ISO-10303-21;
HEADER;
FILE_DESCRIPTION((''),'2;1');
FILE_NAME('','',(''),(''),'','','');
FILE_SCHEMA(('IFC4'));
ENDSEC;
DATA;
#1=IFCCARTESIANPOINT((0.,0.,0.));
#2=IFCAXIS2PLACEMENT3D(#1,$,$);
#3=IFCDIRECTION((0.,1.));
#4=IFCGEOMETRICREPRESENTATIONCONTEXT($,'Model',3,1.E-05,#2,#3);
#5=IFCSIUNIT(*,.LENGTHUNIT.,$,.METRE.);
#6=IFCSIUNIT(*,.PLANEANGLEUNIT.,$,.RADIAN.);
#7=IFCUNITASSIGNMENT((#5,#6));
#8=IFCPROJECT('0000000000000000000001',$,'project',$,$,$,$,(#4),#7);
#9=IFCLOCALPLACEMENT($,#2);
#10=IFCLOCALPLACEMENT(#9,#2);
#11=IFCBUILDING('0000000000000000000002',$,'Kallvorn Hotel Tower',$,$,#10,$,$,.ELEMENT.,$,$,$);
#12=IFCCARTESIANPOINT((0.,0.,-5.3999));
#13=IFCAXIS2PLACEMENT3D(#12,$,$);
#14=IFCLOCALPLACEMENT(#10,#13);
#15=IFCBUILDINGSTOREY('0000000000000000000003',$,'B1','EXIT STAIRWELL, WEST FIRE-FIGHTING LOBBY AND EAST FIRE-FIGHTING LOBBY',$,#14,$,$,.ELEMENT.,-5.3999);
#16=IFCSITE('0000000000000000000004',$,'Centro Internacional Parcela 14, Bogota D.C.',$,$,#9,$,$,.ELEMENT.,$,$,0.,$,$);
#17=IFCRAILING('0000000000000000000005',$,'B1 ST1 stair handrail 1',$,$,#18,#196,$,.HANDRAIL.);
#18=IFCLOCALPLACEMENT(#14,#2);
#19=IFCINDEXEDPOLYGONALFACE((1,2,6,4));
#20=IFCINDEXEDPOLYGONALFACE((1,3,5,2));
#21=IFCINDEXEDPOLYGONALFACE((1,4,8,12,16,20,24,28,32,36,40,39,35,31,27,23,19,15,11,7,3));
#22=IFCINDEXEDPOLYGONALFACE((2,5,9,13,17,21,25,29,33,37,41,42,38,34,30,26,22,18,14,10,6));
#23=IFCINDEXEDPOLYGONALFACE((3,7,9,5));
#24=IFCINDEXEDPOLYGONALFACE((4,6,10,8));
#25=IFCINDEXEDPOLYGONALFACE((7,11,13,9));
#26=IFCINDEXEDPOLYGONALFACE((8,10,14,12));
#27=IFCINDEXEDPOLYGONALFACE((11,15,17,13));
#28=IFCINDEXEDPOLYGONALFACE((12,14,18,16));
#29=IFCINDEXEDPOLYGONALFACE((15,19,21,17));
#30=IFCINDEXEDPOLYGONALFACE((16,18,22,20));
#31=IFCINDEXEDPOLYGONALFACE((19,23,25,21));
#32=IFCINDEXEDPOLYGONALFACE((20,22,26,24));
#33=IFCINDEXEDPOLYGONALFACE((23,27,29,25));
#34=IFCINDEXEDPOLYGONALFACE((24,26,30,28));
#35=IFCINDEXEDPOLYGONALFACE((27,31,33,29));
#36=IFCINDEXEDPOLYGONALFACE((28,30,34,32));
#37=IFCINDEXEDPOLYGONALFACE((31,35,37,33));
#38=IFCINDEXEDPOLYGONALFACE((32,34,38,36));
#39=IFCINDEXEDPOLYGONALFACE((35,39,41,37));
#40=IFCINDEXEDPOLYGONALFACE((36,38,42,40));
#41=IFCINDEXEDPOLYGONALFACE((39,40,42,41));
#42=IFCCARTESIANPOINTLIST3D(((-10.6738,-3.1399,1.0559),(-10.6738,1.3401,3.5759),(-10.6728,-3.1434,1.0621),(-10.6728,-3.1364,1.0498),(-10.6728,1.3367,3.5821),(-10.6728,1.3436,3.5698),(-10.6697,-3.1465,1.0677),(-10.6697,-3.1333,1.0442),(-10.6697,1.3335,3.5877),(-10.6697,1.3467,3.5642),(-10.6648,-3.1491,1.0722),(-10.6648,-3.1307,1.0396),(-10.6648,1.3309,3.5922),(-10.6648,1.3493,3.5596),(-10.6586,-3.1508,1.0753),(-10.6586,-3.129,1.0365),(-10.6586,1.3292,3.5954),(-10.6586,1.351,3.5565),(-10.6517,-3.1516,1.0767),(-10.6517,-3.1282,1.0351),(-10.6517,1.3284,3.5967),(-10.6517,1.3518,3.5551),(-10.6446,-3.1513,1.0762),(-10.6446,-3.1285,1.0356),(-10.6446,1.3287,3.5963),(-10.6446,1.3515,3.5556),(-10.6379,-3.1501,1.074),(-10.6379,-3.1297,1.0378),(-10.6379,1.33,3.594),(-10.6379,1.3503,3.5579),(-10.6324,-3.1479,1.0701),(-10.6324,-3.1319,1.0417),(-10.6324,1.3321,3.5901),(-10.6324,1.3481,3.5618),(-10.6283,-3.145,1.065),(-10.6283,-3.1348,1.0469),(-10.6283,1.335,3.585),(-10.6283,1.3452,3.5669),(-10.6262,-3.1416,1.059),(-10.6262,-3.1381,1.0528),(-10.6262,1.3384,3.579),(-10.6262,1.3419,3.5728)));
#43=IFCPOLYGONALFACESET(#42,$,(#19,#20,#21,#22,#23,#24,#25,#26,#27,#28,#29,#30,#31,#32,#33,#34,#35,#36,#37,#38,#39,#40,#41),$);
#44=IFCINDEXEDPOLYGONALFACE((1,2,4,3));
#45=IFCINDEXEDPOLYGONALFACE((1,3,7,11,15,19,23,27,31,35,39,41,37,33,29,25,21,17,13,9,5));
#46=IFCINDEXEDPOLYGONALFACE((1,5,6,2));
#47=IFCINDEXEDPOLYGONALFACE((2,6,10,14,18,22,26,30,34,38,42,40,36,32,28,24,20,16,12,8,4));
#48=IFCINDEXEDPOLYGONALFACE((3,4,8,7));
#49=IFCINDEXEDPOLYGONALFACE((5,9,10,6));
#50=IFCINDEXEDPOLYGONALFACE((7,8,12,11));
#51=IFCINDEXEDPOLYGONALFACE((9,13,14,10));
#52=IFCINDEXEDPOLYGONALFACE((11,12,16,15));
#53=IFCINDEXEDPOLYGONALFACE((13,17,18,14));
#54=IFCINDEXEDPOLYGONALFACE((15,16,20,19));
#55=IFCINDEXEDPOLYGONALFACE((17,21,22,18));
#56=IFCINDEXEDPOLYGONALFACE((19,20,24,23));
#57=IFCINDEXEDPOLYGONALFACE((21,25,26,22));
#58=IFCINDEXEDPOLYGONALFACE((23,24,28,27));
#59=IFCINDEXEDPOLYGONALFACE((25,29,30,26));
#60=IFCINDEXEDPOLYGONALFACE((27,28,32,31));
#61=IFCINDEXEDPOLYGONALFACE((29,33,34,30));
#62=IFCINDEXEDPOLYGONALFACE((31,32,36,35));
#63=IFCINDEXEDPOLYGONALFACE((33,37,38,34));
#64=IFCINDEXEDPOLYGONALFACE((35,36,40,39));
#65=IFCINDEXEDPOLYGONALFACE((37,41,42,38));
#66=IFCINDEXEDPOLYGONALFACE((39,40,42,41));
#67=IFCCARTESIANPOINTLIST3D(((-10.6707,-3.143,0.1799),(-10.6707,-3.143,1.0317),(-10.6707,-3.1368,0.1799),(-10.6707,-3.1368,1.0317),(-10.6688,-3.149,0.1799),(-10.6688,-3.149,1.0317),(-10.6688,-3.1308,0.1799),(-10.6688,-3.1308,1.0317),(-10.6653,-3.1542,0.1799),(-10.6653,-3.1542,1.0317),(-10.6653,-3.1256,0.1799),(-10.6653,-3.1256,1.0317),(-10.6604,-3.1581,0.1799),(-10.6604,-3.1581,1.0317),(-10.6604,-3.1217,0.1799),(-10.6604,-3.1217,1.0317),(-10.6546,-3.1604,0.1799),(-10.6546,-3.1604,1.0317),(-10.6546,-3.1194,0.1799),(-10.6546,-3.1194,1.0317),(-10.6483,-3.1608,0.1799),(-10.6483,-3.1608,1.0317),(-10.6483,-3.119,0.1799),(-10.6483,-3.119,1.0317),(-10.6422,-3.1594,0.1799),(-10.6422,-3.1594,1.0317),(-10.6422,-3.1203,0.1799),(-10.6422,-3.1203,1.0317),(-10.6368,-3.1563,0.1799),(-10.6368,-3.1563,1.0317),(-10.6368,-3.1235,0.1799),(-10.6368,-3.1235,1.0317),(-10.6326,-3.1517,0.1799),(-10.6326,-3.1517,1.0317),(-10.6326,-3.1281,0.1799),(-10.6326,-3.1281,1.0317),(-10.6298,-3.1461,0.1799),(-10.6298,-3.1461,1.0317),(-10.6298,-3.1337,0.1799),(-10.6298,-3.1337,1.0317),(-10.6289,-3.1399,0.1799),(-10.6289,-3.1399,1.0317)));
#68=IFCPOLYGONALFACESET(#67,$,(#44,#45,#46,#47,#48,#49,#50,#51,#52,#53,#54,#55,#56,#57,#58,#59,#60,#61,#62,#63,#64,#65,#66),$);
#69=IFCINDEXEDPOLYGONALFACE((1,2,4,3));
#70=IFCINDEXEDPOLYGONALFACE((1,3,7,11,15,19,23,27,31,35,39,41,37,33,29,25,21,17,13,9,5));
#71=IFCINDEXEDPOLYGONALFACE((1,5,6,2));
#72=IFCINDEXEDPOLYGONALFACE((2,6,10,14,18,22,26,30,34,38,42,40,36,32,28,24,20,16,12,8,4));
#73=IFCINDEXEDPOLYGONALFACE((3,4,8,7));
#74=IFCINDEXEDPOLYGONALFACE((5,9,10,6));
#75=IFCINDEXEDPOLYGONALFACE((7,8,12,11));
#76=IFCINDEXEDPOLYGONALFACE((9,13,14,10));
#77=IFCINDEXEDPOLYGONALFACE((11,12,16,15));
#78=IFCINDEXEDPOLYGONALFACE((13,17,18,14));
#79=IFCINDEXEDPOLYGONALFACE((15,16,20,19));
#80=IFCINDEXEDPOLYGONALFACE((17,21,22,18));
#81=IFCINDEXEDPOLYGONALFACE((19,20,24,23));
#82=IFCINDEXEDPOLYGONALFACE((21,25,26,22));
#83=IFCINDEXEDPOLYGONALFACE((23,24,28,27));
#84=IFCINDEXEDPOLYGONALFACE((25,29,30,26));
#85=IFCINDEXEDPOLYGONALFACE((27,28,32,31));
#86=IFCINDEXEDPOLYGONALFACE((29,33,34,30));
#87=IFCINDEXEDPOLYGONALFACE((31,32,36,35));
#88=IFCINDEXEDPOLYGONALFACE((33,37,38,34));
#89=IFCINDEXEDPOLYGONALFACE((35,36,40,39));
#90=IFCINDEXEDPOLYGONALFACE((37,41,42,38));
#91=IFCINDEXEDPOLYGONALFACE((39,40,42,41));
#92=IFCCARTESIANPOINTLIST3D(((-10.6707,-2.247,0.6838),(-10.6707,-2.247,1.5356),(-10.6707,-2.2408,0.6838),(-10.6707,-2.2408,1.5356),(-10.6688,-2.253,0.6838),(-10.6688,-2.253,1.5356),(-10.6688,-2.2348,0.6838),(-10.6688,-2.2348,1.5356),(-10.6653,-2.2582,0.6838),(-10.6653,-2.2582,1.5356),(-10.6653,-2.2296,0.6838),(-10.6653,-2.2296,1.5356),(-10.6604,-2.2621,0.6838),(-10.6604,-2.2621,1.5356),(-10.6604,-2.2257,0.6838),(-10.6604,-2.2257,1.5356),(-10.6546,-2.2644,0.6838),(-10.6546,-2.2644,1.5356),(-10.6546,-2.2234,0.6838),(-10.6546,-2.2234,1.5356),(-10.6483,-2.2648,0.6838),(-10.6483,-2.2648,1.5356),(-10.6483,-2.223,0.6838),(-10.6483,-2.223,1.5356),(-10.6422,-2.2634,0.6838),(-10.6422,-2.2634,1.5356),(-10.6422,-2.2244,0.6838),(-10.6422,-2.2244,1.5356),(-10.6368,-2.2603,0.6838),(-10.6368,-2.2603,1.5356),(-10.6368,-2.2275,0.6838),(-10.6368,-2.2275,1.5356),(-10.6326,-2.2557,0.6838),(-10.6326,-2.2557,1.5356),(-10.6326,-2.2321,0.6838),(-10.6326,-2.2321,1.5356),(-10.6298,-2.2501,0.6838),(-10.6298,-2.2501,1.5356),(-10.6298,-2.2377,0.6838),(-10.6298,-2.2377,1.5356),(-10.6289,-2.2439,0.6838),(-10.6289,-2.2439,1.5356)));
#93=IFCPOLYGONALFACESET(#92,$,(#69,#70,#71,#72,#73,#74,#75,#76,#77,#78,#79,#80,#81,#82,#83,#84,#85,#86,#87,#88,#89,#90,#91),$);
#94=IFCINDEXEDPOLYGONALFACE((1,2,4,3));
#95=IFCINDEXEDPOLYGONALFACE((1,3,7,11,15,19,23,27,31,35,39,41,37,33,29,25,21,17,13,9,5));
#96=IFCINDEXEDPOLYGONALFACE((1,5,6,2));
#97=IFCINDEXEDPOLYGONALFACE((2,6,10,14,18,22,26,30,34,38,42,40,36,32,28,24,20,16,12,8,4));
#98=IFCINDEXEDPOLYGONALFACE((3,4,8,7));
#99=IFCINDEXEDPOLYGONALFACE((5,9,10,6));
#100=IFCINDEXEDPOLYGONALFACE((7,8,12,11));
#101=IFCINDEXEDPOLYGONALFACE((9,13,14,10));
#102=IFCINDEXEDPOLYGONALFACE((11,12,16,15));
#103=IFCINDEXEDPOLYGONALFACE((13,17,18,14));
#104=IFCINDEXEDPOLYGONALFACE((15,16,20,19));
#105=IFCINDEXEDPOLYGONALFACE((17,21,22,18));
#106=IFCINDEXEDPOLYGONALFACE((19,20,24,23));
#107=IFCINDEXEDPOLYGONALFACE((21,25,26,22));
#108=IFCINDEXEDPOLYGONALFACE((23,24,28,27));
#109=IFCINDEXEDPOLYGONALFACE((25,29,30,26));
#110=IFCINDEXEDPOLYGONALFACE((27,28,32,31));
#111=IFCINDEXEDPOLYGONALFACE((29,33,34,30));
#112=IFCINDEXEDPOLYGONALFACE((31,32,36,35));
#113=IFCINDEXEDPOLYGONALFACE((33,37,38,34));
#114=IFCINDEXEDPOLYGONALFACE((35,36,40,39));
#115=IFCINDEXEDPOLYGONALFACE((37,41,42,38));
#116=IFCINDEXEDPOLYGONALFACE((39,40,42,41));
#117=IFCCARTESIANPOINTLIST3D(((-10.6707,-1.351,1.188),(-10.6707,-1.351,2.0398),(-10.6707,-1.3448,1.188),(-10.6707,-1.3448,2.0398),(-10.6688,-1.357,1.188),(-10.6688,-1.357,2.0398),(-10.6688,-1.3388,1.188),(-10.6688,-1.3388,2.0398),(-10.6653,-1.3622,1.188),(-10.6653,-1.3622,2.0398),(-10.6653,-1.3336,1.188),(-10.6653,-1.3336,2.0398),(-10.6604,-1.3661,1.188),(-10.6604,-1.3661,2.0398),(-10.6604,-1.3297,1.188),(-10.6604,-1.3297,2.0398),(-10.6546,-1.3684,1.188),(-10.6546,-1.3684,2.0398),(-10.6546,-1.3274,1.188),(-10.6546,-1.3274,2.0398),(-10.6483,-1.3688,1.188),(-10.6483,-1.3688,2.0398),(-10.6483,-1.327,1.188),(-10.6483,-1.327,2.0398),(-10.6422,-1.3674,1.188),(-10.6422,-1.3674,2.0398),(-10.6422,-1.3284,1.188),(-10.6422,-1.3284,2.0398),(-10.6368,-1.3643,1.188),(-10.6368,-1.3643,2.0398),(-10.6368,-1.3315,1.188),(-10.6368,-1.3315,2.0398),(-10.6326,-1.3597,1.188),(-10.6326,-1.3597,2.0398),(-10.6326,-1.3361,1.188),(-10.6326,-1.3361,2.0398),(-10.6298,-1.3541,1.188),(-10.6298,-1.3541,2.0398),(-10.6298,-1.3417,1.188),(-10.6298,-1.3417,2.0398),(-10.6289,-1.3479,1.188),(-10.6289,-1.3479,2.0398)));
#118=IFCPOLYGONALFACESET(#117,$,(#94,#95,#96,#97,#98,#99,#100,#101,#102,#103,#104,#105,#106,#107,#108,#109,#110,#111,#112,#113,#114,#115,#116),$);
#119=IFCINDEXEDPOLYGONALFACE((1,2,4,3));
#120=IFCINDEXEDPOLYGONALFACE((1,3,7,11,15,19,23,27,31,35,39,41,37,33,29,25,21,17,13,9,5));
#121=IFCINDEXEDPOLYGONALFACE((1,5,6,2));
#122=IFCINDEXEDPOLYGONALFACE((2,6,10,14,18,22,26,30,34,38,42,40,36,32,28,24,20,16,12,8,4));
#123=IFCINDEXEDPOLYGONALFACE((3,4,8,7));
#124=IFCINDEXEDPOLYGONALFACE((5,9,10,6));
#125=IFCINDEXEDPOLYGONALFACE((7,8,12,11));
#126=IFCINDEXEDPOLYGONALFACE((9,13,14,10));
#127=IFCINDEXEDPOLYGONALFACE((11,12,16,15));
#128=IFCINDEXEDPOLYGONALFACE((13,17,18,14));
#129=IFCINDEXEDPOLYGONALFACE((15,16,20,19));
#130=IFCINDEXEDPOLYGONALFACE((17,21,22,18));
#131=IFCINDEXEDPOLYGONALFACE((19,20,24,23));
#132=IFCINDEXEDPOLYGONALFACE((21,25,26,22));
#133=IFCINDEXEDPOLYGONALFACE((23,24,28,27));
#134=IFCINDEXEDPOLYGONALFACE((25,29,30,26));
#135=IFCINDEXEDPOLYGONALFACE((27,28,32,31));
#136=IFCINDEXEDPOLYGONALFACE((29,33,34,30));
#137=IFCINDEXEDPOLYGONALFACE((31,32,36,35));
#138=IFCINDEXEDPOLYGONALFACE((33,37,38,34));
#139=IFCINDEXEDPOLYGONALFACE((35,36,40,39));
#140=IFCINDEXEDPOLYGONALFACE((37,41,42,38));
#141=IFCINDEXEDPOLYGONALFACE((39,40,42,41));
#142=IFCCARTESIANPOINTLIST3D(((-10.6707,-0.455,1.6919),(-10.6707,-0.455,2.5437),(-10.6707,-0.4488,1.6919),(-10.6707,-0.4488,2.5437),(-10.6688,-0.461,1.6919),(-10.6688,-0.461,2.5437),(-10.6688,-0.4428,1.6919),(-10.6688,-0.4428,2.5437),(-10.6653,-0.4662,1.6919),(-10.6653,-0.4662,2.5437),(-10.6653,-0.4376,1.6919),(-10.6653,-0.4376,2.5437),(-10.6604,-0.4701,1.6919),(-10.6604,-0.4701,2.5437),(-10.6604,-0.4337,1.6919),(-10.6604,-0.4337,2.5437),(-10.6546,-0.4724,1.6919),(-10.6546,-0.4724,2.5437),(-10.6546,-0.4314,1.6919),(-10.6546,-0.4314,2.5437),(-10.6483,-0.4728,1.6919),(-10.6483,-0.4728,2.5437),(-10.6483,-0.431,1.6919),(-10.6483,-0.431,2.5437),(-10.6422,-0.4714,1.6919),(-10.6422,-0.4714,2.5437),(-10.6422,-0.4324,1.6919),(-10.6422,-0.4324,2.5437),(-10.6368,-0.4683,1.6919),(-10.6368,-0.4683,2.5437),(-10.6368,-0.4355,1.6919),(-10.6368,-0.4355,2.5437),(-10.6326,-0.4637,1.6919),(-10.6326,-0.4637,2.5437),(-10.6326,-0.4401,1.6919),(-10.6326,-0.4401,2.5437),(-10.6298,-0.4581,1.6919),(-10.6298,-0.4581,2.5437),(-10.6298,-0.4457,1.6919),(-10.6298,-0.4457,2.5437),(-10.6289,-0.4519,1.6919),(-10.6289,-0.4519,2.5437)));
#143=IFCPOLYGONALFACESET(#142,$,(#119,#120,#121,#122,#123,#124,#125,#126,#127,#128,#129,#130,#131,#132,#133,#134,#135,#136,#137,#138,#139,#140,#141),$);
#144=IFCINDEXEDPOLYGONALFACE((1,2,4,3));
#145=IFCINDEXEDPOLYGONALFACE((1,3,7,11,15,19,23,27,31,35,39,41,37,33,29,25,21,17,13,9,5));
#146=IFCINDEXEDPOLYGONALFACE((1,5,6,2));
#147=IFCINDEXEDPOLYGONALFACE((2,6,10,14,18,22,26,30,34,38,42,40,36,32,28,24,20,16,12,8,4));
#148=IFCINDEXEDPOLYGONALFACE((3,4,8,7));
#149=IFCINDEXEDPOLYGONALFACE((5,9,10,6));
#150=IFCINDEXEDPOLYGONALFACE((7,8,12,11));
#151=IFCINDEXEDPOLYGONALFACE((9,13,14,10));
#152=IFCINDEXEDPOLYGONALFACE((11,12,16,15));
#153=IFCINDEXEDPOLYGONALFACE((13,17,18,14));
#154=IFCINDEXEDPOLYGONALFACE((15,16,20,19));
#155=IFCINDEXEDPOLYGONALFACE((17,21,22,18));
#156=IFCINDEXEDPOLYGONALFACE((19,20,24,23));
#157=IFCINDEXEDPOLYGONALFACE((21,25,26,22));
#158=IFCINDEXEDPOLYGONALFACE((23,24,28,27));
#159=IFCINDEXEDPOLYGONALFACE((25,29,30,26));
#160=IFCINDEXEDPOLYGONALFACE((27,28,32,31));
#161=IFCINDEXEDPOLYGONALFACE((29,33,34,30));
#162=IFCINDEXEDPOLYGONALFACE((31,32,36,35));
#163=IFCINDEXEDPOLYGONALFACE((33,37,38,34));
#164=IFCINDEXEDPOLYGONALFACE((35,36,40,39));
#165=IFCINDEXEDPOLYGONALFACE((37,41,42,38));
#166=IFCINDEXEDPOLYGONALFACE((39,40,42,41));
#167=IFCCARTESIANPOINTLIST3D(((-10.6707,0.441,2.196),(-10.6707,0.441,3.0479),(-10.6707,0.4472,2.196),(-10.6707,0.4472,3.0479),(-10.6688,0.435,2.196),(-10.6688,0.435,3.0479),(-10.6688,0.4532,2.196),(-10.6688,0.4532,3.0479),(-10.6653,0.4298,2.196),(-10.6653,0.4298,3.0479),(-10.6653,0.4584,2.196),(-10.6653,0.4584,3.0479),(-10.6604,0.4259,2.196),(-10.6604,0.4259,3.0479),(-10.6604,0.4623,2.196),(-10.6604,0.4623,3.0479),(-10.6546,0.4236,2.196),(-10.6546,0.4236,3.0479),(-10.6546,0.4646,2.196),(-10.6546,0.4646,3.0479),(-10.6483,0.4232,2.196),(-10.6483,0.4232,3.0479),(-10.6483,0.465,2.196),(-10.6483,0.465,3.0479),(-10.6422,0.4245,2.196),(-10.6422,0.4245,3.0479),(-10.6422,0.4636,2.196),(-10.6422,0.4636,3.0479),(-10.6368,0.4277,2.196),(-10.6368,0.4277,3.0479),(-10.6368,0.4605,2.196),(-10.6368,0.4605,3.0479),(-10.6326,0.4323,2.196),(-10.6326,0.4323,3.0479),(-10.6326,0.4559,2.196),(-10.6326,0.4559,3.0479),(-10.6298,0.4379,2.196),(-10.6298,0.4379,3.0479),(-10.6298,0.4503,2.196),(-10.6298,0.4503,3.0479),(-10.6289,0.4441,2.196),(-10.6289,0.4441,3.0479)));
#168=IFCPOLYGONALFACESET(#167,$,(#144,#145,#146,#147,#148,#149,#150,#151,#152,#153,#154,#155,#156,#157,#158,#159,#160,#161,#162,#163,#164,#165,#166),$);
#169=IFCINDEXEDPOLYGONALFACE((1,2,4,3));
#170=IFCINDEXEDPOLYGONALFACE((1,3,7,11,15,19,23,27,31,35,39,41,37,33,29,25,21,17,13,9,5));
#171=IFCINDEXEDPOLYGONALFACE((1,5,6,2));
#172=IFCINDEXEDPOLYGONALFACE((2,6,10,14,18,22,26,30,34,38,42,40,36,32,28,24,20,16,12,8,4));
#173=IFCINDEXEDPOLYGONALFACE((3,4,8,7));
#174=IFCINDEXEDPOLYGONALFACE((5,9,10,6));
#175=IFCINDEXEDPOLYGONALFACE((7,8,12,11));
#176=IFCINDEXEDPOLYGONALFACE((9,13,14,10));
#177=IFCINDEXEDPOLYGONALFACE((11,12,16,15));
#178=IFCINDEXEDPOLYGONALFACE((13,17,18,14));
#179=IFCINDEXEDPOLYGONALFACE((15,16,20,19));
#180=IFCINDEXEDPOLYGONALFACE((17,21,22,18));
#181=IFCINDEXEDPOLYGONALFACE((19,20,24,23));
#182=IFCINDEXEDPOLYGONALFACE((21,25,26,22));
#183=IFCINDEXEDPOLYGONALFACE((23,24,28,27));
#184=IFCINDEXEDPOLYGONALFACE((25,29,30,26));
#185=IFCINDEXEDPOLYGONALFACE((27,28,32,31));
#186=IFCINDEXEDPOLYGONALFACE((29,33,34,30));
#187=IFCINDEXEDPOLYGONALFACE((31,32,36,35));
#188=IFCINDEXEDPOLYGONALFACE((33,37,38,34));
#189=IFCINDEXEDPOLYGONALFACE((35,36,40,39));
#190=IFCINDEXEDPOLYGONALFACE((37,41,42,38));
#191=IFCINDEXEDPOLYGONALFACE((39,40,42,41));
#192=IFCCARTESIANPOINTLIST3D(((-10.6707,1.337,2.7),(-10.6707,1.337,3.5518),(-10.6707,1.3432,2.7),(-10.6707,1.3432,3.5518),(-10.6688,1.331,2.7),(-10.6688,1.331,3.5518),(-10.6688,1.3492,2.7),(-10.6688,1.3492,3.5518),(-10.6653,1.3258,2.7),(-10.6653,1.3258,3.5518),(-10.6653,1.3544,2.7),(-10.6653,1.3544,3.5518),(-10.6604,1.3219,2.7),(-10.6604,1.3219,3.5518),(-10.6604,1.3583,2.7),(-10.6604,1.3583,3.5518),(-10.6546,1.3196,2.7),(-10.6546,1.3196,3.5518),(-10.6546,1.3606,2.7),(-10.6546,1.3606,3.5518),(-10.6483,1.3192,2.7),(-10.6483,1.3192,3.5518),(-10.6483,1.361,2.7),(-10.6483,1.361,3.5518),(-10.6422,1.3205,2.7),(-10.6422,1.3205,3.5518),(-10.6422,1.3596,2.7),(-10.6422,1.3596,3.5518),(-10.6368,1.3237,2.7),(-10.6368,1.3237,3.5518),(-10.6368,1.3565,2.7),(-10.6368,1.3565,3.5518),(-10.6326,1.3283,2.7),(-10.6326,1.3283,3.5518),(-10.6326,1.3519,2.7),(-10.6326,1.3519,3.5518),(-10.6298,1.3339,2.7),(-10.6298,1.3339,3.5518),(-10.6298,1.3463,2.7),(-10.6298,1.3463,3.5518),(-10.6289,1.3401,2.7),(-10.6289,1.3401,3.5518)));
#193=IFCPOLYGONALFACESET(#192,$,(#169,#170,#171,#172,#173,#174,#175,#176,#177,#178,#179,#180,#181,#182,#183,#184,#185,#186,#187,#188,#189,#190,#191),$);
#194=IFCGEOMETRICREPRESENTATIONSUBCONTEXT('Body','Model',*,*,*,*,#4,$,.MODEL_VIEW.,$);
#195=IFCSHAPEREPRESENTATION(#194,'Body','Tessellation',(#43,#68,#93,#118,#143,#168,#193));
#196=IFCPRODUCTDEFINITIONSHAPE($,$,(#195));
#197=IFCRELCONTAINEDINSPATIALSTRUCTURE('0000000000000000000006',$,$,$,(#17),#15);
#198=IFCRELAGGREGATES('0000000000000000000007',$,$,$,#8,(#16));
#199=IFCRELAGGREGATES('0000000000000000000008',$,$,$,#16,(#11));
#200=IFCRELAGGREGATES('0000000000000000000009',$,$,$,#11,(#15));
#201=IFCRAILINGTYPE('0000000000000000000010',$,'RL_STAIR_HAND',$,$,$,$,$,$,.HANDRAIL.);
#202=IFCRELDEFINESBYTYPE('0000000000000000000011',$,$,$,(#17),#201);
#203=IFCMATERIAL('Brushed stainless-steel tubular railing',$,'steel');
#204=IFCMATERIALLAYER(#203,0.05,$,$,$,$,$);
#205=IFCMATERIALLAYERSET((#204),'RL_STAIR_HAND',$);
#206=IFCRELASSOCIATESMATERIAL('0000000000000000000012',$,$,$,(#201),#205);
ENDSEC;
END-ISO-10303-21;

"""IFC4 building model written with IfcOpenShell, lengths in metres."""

from ifc_helpers import new_model, si_unit, direction, frame, origin, origin_2d, place, context, subcontext, project, spatial, circle, extrude, material, layer, layer_set, type_object, element, save


model = new_model("IFC4")

# Units and contexts
model_context = context("Model", 3, precision=1e-05, world=origin(), true_north=direction((0.0, 1.0)))
body_context = subcontext(model_context, "Body", "Model", "MODEL_VIEW")
ifc_project = project(units=[si_unit("LENGTHUNIT", "METRE"), si_unit("PLANEANGLEUNIT", "RADIAN")], contexts=[model_context])

# Site, building, storey
site_placement = place(None, origin())
site = spatial("IfcSite", under=ifc_project, at=site_placement, Name="Centro Internacional Parcela 14, Bogota D.C.", CompositionType="ELEMENT", RefElevation=0.0)
building_placement = place(site_placement, origin())
building = spatial("IfcBuilding", under=site, at=building_placement, Name="Kallvorn Hotel Tower", CompositionType="ELEMENT")
storey_placement = place(building_placement, frame((0.0, 0.0, -5.3999)))
storey = spatial("IfcBuildingStorey", under=building, at=storey_placement, Name="B1", Description="EXIT STAIRWELL, WEST FIRE-FIGHTING LOBBY AND EAST FIRE-FIGHTING LOBBY", CompositionType="ELEMENT", Elevation=-5.3999)

# Railing
ifc_material_1 = material(Name="Brushed stainless-steel tubular railing", Category="steel")
ifc_layer_1 = layer(ifc_material_1, 0.05)
ifc_layer_set_1 = layer_set([ifc_layer_1], Name="RL_STAIR_HAND")
railing_type_1 = type_object("IfcRailingType", Name="RL_STAIR_HAND", PredefinedType="HANDRAIL", material=ifc_layer_set_1)
railing_1_placement = place(storey_placement, frame((-10.6499, -3.1399, 0.1799)))
element("IfcRailing", 1, at=railing_1_placement, inside=storey, type_object=railing_type_1, Name="B1 ST1 stair handrail 1", PredefinedType="HANDRAIL", context=body_context, shape_type="SweptSolid", body=[
    extrude(circle(Radius=0.0239, at=origin_2d()), frame((0.0, 0.0, 0.876), z_axis=(0.0, 0.871573, 0.490266), x_axis=(-1.0, 0.0, 0.0)), (0.0, 0.0, 1.0), 5.1401),
    extrude(circle(Radius=0.021, at=origin_2d()), origin(), (0.0, 0.0, 1.0), 0.8518),
    extrude(circle(Radius=0.021, at=origin_2d()), frame((0.0, 0.896, 0.5039)), (0.0, 0.0, 1.0), 0.8518),
    extrude(circle(Radius=0.021, at=origin_2d()), frame((0.0, 1.792, 1.0081)), (0.0, 0.0, 1.0), 0.8518),
    extrude(circle(Radius=0.021, at=origin_2d()), frame((0.0, 2.688, 1.512)), (0.0, 0.0, 1.0), 0.8518),
    extrude(circle(Radius=0.021, at=origin_2d()), frame((0.0, 3.584, 2.0161)), (0.0, 0.0, 1.0), 0.8518),
    extrude(circle(Radius=0.021, at=origin_2d()), frame((0.0, 4.48, 2.52)), (0.0, 0.0, 1.0), 0.8518),
])

save(model, "model.ifc")
